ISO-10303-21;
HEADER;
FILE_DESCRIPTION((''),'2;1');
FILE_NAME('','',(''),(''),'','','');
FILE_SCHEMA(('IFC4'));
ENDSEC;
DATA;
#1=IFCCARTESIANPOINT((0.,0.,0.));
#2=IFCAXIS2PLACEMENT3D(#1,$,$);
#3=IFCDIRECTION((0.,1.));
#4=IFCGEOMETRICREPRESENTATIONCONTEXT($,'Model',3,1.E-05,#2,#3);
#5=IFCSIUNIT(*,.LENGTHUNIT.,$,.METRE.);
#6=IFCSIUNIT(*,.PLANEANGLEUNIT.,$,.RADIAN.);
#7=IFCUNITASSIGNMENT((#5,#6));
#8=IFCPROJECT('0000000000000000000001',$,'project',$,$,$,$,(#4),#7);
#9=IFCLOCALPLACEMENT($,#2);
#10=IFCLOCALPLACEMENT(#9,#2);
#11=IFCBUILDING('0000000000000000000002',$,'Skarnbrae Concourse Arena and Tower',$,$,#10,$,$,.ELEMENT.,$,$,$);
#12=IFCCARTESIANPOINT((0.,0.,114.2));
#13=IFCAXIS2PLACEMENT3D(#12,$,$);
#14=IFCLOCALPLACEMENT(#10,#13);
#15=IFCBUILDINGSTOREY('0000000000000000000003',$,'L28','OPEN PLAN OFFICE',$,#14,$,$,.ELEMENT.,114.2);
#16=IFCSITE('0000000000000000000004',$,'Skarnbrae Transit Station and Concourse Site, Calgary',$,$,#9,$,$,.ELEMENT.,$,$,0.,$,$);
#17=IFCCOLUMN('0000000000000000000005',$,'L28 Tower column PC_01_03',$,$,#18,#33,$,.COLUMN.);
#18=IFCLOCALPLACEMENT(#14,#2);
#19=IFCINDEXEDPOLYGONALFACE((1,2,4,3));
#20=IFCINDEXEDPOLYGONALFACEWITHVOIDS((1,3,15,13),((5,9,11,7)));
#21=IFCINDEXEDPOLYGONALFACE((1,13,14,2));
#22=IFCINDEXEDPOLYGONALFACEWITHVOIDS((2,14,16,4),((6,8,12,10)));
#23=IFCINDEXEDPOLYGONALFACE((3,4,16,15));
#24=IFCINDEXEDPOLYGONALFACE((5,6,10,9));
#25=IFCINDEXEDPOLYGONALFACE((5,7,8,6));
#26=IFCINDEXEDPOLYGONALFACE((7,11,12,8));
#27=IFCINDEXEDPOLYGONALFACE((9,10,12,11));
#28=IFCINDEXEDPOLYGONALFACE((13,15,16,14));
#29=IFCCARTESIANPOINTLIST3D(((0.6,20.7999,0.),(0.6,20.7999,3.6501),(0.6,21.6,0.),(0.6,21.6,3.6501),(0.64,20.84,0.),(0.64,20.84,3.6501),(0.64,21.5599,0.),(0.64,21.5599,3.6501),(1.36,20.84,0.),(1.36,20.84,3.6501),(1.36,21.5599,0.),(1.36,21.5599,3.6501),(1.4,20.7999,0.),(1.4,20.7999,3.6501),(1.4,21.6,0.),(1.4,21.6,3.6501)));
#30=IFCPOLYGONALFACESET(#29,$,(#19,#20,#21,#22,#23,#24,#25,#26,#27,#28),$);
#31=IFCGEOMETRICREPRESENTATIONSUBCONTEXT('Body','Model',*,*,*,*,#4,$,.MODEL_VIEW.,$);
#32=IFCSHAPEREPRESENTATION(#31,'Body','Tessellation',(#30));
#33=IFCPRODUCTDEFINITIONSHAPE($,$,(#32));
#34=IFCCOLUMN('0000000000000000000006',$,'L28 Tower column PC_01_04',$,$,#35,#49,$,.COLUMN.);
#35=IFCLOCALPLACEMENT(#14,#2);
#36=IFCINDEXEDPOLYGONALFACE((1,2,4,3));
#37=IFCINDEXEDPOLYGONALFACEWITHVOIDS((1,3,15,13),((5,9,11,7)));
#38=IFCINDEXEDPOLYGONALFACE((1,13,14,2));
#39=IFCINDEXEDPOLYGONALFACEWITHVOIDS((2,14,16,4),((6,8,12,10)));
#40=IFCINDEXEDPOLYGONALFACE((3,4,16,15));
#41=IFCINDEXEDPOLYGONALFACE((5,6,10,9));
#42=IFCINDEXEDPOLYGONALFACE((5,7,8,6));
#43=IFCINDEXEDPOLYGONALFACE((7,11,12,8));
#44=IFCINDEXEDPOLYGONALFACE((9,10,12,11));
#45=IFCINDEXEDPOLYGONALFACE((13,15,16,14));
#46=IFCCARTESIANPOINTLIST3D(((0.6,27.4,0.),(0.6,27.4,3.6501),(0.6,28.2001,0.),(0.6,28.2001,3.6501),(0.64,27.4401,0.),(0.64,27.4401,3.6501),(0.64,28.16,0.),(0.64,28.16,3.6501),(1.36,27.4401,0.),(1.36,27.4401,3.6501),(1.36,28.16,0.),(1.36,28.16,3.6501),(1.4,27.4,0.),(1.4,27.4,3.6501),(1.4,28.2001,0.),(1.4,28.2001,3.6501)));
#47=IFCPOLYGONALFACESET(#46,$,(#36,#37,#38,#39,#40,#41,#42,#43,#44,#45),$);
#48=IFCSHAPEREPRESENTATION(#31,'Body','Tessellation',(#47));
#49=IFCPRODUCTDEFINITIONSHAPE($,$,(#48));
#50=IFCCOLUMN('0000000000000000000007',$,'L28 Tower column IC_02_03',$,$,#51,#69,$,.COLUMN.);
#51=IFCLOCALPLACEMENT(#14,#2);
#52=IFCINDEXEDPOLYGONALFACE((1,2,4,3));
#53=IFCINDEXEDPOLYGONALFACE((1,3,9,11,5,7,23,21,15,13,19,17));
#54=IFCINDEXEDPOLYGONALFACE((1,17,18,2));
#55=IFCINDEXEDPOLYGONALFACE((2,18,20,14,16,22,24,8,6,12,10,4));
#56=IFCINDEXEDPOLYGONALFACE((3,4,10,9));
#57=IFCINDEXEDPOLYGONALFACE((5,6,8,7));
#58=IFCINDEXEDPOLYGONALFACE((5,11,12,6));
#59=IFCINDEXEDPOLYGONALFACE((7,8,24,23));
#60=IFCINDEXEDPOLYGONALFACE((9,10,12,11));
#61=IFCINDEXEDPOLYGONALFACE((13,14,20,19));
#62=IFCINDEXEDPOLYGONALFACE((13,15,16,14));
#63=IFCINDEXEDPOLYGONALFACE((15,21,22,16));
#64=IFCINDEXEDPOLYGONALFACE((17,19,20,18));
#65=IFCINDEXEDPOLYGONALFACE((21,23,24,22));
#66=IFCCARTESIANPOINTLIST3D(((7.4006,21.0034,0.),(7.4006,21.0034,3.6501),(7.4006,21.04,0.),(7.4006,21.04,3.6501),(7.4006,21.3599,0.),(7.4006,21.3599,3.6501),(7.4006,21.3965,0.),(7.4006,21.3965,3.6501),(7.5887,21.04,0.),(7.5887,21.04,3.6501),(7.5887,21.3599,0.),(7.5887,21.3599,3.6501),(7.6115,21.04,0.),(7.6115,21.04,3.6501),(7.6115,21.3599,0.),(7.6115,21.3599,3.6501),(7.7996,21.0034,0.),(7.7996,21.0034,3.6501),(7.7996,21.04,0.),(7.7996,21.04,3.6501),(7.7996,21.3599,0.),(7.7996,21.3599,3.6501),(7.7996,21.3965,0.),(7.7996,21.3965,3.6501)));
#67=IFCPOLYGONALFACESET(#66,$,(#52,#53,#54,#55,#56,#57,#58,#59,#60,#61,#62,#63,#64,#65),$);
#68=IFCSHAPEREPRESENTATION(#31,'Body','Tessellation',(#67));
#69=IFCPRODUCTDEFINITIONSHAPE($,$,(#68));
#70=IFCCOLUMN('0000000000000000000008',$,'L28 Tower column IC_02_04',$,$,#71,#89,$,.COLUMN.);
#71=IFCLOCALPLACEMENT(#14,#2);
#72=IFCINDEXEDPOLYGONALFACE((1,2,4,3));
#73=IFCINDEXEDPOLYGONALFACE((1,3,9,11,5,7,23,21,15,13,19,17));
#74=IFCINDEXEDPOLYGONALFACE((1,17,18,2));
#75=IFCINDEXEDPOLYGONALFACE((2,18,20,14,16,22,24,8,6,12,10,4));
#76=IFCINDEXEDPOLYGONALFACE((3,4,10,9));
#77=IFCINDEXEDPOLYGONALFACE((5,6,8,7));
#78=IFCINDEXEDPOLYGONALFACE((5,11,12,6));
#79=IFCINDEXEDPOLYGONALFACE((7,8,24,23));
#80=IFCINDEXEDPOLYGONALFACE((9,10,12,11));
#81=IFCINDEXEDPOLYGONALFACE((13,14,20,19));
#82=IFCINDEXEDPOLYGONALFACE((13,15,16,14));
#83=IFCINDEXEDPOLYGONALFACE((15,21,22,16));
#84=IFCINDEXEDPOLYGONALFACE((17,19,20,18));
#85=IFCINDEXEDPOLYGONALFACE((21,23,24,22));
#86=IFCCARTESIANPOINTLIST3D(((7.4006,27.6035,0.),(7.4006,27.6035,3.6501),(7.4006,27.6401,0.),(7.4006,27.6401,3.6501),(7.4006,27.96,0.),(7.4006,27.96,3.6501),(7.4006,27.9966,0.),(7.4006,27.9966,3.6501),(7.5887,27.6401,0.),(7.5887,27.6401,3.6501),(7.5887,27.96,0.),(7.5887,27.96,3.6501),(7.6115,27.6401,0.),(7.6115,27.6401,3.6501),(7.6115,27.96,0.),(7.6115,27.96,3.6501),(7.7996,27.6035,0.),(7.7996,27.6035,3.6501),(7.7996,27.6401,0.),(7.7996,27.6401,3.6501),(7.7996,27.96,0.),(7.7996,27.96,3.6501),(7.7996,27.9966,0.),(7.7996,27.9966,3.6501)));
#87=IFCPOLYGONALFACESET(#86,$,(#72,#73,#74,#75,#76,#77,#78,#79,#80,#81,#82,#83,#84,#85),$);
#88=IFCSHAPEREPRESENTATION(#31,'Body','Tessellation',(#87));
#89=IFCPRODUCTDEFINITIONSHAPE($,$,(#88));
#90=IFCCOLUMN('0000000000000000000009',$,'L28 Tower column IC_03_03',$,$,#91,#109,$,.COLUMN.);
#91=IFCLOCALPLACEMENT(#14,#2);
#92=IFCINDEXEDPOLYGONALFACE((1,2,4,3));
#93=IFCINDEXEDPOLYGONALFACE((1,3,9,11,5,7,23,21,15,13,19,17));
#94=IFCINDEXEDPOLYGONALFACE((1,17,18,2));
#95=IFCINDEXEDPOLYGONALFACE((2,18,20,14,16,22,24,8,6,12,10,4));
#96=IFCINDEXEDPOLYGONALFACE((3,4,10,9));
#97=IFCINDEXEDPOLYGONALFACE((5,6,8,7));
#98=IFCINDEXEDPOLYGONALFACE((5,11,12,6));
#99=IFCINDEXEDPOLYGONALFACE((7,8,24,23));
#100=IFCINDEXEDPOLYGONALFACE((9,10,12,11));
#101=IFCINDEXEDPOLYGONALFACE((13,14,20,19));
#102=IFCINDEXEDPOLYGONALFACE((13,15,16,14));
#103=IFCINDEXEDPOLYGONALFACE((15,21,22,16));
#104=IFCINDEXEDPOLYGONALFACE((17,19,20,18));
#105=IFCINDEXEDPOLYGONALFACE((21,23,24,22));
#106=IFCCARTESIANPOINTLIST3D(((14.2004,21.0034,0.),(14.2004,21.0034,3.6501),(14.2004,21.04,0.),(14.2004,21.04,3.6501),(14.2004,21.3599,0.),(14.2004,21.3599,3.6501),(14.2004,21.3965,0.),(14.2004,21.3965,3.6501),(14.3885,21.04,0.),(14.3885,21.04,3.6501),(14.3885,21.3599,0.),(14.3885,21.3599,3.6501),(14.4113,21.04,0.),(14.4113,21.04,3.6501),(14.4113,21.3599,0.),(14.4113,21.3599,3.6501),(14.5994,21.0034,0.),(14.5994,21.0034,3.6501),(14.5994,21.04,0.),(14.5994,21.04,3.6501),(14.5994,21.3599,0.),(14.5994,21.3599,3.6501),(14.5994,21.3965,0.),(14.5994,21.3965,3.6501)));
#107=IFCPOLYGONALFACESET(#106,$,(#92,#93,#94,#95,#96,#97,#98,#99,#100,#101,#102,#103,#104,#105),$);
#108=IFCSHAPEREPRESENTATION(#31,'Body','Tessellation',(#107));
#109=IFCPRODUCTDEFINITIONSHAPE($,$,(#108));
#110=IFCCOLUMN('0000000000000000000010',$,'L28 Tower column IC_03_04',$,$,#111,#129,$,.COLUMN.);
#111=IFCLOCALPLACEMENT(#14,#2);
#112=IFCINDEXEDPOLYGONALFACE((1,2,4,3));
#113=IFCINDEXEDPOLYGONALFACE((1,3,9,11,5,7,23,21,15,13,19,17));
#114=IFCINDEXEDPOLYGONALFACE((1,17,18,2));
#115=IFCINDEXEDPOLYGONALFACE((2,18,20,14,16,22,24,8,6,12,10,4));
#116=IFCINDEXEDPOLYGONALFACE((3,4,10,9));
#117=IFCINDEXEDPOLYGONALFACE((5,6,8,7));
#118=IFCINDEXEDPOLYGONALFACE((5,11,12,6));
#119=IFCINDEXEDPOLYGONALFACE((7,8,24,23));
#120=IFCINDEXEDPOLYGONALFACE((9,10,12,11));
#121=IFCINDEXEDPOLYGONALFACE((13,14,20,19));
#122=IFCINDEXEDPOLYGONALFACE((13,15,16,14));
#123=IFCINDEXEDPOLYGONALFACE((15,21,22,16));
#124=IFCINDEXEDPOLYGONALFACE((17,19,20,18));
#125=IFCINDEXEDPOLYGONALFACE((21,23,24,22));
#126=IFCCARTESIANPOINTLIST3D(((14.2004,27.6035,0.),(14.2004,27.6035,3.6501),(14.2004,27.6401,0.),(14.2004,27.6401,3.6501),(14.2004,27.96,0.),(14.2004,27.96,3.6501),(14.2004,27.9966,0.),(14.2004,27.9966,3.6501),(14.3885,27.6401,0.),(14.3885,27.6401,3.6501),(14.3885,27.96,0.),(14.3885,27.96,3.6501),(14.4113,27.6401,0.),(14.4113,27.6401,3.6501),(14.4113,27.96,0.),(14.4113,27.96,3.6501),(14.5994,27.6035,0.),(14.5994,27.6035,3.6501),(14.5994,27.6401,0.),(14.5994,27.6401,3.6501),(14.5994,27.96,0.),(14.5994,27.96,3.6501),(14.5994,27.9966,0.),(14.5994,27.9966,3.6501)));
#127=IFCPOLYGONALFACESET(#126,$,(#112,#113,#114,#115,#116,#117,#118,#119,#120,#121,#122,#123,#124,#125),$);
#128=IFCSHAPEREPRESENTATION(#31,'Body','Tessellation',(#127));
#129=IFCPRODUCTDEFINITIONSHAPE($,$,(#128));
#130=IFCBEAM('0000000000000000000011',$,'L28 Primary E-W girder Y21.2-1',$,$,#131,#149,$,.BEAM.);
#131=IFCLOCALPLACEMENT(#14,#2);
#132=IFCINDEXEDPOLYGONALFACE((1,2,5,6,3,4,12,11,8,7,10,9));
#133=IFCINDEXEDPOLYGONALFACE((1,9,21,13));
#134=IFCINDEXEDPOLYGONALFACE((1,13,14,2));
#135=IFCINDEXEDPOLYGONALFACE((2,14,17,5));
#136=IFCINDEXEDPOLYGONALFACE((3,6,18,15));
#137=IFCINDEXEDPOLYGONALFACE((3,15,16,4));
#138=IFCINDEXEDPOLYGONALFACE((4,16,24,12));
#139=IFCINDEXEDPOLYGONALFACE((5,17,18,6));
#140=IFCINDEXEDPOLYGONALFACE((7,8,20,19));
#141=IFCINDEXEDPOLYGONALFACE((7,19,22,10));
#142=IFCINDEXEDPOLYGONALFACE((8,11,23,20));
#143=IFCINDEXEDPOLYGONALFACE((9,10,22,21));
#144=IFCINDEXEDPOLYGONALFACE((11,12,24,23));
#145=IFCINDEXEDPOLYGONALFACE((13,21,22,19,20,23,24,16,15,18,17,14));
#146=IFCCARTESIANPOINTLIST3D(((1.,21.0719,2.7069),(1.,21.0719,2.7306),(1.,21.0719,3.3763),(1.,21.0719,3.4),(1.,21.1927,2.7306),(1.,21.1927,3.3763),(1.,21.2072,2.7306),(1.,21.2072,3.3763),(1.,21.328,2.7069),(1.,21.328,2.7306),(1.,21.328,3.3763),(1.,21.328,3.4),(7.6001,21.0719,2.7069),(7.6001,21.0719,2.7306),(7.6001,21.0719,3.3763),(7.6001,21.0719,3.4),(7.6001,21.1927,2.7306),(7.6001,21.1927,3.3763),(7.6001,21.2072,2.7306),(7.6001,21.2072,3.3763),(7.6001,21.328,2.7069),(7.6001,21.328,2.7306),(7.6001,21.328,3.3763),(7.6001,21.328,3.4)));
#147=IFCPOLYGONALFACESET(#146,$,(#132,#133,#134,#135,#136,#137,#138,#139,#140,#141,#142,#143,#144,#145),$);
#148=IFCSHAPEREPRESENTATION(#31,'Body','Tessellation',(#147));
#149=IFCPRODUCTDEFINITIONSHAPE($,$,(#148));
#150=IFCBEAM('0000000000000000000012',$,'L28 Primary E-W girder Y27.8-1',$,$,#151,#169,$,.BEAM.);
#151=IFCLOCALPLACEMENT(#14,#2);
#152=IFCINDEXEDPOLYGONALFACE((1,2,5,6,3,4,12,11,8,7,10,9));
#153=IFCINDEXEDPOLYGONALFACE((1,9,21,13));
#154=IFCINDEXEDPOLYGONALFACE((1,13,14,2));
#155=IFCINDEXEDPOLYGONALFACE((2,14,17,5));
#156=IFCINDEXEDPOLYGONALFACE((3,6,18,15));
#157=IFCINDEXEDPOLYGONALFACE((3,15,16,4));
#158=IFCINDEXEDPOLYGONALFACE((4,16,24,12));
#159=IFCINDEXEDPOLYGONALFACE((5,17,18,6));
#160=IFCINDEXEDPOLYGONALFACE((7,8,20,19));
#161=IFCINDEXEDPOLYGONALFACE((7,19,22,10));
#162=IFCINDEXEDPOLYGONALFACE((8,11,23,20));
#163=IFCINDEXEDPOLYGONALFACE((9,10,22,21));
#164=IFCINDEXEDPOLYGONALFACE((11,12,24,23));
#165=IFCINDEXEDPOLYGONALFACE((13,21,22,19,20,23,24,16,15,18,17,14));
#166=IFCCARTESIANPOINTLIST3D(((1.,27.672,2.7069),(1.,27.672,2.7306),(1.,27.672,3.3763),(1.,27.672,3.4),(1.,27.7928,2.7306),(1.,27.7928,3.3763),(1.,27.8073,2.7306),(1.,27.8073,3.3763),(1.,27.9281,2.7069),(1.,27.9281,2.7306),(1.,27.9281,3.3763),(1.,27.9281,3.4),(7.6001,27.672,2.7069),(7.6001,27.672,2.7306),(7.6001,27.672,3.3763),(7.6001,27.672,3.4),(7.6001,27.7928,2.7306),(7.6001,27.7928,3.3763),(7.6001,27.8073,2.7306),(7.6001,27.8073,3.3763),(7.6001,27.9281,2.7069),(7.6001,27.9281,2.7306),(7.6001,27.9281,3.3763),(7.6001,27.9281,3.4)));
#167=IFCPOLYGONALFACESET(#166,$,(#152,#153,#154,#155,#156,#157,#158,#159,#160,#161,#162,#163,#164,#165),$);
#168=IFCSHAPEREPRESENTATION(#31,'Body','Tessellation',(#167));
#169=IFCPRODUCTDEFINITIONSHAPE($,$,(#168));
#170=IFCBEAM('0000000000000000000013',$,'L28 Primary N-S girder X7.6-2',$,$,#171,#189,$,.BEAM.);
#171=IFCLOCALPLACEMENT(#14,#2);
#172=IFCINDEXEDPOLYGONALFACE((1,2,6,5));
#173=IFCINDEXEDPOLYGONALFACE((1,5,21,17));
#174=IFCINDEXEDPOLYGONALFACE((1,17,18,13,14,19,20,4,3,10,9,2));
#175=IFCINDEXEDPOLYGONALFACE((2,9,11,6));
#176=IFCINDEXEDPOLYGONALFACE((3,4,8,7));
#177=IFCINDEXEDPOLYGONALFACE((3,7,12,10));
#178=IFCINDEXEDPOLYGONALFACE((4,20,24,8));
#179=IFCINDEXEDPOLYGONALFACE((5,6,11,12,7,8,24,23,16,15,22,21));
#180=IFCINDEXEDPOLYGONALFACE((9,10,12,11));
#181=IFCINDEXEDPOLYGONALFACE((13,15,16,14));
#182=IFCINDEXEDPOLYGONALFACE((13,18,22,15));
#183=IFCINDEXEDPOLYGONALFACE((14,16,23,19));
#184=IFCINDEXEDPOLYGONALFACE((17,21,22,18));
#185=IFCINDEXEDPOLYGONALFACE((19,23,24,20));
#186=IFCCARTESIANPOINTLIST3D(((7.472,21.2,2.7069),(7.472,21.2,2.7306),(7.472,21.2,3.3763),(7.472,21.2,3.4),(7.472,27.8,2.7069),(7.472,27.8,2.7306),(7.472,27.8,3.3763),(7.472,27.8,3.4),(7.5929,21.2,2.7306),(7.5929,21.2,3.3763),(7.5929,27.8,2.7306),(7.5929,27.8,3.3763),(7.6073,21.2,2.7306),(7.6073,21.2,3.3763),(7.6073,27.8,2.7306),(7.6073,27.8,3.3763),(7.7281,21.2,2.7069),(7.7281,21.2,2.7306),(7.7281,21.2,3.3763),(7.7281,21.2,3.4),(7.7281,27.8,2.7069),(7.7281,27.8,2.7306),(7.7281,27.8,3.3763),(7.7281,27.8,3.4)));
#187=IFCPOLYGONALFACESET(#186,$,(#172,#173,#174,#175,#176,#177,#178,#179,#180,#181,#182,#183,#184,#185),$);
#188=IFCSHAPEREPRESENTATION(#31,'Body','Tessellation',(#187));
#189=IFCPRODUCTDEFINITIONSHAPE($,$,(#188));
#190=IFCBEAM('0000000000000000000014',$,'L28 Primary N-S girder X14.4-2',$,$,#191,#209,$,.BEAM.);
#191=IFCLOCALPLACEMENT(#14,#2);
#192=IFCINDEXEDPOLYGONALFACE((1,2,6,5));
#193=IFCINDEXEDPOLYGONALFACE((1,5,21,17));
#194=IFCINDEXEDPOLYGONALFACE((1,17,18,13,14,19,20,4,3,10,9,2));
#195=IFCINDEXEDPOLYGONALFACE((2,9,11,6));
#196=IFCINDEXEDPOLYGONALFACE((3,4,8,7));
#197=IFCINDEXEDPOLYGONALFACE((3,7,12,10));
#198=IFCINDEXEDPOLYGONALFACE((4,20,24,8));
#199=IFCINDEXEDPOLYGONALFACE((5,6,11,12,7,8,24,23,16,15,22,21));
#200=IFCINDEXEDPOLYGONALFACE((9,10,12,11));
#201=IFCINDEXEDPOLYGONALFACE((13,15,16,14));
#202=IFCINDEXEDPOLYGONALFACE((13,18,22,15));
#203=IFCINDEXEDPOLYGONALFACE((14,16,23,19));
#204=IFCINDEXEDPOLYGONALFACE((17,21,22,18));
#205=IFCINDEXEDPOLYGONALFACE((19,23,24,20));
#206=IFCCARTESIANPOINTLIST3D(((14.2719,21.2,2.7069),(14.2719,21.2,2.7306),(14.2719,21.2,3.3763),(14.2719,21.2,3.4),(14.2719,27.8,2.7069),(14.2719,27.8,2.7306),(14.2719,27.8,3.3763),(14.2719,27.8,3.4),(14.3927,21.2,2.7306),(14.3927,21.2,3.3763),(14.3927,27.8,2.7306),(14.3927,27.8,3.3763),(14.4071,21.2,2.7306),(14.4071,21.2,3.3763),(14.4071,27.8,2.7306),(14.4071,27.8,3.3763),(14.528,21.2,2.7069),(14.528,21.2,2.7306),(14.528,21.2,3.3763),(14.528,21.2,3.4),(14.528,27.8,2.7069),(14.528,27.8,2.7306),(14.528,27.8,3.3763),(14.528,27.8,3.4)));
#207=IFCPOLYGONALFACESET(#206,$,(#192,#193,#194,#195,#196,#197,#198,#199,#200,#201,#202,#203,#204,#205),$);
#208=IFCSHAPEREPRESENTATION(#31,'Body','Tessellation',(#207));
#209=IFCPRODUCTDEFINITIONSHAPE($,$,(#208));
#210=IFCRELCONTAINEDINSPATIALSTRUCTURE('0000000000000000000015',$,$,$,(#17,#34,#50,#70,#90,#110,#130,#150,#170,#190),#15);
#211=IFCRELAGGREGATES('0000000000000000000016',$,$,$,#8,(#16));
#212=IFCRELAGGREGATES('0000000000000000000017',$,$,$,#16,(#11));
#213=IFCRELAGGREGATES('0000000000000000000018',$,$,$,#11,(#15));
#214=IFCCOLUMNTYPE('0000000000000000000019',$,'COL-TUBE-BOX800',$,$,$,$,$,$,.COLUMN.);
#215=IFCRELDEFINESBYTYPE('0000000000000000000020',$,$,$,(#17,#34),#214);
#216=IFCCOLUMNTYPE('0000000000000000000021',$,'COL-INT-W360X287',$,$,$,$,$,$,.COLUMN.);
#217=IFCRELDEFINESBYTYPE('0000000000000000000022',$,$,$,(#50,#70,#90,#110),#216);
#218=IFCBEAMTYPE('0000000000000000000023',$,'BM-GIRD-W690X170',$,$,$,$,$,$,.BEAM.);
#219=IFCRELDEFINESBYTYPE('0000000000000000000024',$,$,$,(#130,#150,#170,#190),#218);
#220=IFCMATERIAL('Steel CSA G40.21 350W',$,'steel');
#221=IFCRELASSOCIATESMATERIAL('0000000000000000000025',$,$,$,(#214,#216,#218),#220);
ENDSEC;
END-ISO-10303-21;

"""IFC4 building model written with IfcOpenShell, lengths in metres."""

from ifc_helpers import new_model, si_unit, direction, frame, origin, origin_2d, place, context, subcontext, project, spatial, hollow_rectangle, i_section, extrude, source, transform, mapped, material, material_profile, profile_set, type_object, element, save


model = new_model("IFC4")

# Units and contexts
model_context = context("Model", 3, precision=1e-05, world=origin(), true_north=direction((0.0, 1.0)))
body_context = subcontext(model_context, "Body", "Model", "MODEL_VIEW")
ifc_project = project(units=[si_unit("LENGTHUNIT", "METRE"), si_unit("PLANEANGLEUNIT", "RADIAN")], contexts=[model_context])

# Site, building, storey
site_placement = place(None, origin())
site = spatial("IfcSite", under=ifc_project, at=site_placement, Name="Skarnbrae Transit Station and Concourse Site, Calgary", CompositionType="ELEMENT", RefElevation=0.0)
building_placement = place(site_placement, origin())
building = spatial("IfcBuilding", under=site, at=building_placement, Name="Skarnbrae Concourse Arena and Tower", CompositionType="ELEMENT")
storey_placement = place(building_placement, frame((0.0, 0.0, 114.2)))
storey = spatial("IfcBuildingStorey", under=building, at=storey_placement, Name="L28", Description="OPEN PLAN OFFICE", CompositionType="ELEMENT", Elevation=114.2)

# Columns
ifc_material_1 = material(Name="Steel CSA G40.21 350W", Category="steel")
ifc_material_profile_1 = material_profile(ifc_material_1, hollow_rectangle(XDim=0.8, YDim=0.8, WallThickness=0.04, at=origin_2d()), Name="BOX800X800X40")
ifc_profile_set_1 = profile_set([ifc_material_profile_1], Name="Steel CSA G40.21 350W")
column_type_1 = type_object("IfcColumnType", Name="COL-TUBE-BOX800", PredefinedType="COLUMN", material=ifc_profile_set_1)
shared_shape_1 = source(origin(), body_context, "Body", "SweptSolid", [
    extrude(hollow_rectangle(XDim=0.8, YDim=0.8, WallThickness=0.04, at=origin_2d()), origin(), (0.0, 0.0, 1.0), 3.6501),
])
for number, where, z_axis, x_axis, name in (
    (1, (1.0, 21.2, 0.0), (0.0, 0.0, 1.0), (1.0, 0.0, 0.0), "L28 Tower column PC_01_03"),
    (2, (1.0, 27.8, 0.0), (0.0, 0.0, 1.0), (1.0, 0.0, 0.0), "L28 Tower column PC_01_04"),
):
    element("IfcColumn", number, at=place(storey_placement, frame(where, z_axis=z_axis, x_axis=x_axis)), inside=storey, type_object=column_type_1, Name=name, PredefinedType="COLUMN", context=body_context, shape_type="MappedRepresentation", body=[
        mapped(shared_shape_1, transform((0.0, 0.0, 0.0))),
    ])
ifc_material_profile_2 = material_profile(ifc_material_1, i_section(OverallWidth=0.3989, OverallDepth=0.3931, WebThickness=0.0227, FlangeThickness=0.0366, at=origin_2d()), Name="W360X287")
ifc_profile_set_2 = profile_set([ifc_material_profile_2], Name="Steel CSA G40.21 350W")
column_type_2 = type_object("IfcColumnType", Name="COL-INT-W360X287", PredefinedType="COLUMN", material=ifc_profile_set_2)
shared_shape_2 = source(origin(), body_context, "Body", "SweptSolid", [
    extrude(i_section(OverallWidth=0.3989, OverallDepth=0.3931, WebThickness=0.0227, FlangeThickness=0.0366, at=origin_2d()), origin(), (0.0, 0.0, 1.0), 3.6501),
])
for number, where, z_axis, x_axis, name in (
    (3, (7.6001, 21.2, 0.0), (0.0, 0.0, 1.0), (1.0, 0.0, 0.0), "L28 Tower column IC_02_03"),
    (4, (7.6001, 27.8, 0.0), (0.0, 0.0, 1.0), (1.0, 0.0, 0.0), "L28 Tower column IC_02_04"),
    (5, (14.3999, 21.2, 0.0), (0.0, 0.0, 1.0), (1.0, 0.0, 0.0), "L28 Tower column IC_03_03"),
    (6, (14.3999, 27.8, 0.0), (0.0, 0.0, 1.0), (1.0, 0.0, 0.0), "L28 Tower column IC_03_04"),
):
    element("IfcColumn", number, at=place(storey_placement, frame(where, z_axis=z_axis, x_axis=x_axis)), inside=storey, type_object=column_type_2, Name=name, PredefinedType="COLUMN", context=body_context, shape_type="MappedRepresentation", body=[
        mapped(shared_shape_2, transform((0.0, 0.0, 0.0))),
    ])

# Beams
ifc_material_profile_3 = material_profile(ifc_material_1, i_section(OverallWidth=0.2561, OverallDepth=0.6931, WebThickness=0.0144, FlangeThickness=0.0237, at=origin_2d()), Name="W690X170")
ifc_profile_set_3 = profile_set([ifc_material_profile_3], Name="Steel CSA G40.21 350W")
beam_type_1 = type_object("IfcBeamType", Name="BM-GIRD-W690X170", PredefinedType="BEAM", material=ifc_profile_set_3)
shared_shape_3 = source(origin(), body_context, "Body", "SweptSolid", [
    extrude(i_section(OverallWidth=0.2561, OverallDepth=0.6931, WebThickness=0.0144, FlangeThickness=0.0237, at=origin_2d()), origin(), (0.0, 0.0, 1.0), 6.6001),
])
for number, where, z_axis, x_axis, name in (
    (7, (1.0, 21.2, 3.0535), (1.0, 0.0, 0.0), (0.0, 1.0, 0.0), "L28 Primary E-W girder Y21.2-1"),
    (8, (1.0, 27.8, 3.0535), (1.0, 0.0, 0.0), (0.0, 1.0, 0.0), "L28 Primary E-W girder Y27.8-1"),
    (9, (7.6001, 21.2, 3.0535), (0.0, 1.0, 0.0), (-1.0, 0.0, 0.0), "L28 Primary N-S girder X7.6-2"),
    (10, (14.3999, 21.2, 3.0535), (0.0, 1.0, 0.0), (-1.0, 0.0, 0.0), "L28 Primary N-S girder X14.4-2"),
):
    element("IfcBeam", number, at=place(storey_placement, frame(where, z_axis=z_axis, x_axis=x_axis)), inside=storey, type_object=beam_type_1, Name=name, PredefinedType="BEAM", context=body_context, shape_type="MappedRepresentation", body=[
        mapped(shared_shape_3, transform((0.0, 0.0, 0.0))),
    ])

save(model, "model.ifc")
